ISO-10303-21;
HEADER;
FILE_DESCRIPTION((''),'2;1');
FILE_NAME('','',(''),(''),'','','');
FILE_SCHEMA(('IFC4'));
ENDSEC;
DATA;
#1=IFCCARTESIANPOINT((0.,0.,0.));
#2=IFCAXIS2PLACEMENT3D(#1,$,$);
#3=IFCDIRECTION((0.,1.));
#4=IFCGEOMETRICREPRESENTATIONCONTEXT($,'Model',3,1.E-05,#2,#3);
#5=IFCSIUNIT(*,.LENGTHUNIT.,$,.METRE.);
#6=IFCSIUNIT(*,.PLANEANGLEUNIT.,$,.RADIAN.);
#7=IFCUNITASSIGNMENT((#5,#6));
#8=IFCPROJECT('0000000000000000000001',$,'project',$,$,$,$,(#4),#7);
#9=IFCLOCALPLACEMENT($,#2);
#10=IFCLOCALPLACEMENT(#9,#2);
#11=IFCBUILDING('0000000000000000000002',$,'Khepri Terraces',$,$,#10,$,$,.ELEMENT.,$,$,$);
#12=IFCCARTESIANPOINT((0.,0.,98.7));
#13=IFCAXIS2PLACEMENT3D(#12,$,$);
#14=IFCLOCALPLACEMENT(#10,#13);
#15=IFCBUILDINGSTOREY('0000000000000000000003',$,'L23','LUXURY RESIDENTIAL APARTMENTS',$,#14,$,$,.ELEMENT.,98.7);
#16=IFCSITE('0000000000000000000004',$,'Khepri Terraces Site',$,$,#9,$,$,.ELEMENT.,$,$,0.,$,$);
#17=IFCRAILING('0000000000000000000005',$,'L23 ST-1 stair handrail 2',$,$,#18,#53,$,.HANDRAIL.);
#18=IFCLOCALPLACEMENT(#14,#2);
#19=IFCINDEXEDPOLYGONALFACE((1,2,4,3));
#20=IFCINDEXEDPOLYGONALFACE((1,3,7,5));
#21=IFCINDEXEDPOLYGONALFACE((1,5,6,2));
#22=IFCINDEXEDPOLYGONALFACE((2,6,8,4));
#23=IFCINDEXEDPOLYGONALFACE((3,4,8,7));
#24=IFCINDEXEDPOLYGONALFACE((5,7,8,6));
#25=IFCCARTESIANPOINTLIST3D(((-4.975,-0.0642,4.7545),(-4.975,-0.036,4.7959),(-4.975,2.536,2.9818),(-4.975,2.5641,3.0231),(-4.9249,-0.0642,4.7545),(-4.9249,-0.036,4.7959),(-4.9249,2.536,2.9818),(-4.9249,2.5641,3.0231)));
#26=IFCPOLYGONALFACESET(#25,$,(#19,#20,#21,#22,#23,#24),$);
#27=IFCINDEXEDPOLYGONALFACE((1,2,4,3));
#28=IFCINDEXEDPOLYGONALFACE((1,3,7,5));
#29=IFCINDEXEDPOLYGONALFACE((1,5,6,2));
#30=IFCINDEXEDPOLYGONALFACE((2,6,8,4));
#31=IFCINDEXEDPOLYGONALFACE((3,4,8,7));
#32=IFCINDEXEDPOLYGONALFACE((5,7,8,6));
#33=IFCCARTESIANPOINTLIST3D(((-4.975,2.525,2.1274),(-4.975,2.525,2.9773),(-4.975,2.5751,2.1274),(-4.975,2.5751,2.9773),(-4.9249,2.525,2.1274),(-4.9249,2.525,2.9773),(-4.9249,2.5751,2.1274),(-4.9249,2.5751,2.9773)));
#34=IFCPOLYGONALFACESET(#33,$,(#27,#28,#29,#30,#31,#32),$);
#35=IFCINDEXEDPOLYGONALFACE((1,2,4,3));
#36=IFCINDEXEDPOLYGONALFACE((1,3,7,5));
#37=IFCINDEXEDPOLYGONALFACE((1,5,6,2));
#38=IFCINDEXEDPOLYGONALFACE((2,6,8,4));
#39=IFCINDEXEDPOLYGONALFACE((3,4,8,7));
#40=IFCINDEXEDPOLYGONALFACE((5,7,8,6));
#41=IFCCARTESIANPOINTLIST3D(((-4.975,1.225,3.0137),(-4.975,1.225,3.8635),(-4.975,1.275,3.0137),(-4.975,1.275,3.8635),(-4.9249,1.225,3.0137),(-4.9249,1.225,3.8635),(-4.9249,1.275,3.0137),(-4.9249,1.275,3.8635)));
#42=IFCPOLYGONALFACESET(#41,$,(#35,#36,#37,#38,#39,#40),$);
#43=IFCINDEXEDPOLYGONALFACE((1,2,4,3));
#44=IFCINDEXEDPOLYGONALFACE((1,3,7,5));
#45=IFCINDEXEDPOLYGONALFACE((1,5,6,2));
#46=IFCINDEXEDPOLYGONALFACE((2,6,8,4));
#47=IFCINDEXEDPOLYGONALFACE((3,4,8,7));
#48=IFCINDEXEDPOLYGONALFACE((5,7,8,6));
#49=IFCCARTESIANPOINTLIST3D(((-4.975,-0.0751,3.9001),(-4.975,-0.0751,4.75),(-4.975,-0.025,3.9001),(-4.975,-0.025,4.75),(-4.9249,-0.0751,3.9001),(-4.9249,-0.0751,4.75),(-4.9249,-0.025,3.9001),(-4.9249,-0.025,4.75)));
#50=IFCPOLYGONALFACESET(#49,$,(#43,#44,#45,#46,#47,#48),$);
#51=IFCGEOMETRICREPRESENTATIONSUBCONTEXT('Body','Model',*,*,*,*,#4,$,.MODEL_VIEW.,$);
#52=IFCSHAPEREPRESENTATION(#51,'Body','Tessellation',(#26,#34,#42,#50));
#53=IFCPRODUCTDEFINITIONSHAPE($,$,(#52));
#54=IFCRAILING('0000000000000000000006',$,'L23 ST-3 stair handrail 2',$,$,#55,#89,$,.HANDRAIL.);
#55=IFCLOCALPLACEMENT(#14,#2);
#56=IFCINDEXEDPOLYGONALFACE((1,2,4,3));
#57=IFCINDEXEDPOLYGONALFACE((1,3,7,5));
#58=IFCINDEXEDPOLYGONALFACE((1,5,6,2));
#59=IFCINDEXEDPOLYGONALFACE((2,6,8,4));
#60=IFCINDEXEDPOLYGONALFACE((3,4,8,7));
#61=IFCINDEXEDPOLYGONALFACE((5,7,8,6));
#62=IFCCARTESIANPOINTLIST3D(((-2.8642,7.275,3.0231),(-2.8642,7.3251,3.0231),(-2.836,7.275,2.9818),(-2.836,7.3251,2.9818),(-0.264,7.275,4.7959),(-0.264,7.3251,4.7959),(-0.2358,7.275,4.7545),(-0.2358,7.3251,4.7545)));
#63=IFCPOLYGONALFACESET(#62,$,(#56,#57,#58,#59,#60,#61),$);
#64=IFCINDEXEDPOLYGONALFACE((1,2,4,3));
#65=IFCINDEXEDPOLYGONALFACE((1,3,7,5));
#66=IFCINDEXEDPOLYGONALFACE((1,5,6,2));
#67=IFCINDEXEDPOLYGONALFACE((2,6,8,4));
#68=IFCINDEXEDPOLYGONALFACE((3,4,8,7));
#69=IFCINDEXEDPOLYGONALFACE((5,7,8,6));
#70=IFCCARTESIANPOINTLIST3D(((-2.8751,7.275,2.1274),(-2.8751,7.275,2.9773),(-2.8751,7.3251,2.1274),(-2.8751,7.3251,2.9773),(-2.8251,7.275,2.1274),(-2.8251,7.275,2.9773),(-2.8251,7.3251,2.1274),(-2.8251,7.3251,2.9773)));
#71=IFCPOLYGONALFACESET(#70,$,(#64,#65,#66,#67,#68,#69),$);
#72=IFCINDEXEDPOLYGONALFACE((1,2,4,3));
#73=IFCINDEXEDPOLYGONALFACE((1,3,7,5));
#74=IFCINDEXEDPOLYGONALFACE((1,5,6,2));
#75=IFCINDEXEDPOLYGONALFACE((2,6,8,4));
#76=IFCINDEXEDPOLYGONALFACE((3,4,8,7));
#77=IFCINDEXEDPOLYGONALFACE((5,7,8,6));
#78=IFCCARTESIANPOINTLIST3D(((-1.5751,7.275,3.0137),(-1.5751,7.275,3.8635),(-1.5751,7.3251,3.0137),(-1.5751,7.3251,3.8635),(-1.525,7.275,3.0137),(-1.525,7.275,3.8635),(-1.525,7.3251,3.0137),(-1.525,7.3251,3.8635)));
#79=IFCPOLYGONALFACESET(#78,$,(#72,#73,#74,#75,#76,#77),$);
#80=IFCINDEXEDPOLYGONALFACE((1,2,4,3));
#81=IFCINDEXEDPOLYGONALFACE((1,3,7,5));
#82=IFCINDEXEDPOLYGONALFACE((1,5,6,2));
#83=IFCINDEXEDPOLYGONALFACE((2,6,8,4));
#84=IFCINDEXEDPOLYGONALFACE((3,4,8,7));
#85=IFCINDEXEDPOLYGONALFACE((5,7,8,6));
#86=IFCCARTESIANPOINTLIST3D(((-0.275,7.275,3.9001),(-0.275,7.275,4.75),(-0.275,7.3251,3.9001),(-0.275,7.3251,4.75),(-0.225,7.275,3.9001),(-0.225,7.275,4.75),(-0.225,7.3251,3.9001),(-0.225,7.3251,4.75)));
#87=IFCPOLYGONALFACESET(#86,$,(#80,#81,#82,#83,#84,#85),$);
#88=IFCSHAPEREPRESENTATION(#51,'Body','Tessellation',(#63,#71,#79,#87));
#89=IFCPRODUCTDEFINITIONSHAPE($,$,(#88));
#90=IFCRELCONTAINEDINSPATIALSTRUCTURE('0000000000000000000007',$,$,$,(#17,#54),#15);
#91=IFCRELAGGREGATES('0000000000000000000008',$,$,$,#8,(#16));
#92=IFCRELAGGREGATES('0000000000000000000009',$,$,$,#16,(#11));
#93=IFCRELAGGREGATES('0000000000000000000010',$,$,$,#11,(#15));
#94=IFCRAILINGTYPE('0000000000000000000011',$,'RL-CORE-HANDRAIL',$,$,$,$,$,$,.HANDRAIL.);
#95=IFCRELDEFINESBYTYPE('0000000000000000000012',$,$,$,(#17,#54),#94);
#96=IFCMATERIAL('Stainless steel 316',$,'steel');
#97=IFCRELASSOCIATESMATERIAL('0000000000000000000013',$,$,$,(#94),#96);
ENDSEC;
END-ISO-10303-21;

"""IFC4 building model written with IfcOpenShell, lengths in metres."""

from ifc_helpers import new_model, si_unit, direction, frame, origin, origin_2d, place, context, subcontext, project, spatial, rectangle, extrude, material, type_object, element, save


model = new_model("IFC4")

# Units and contexts
model_context = context("Model", 3, precision=1e-05, world=origin(), true_north=direction((0.0, 1.0)))
body_context = subcontext(model_context, "Body", "Model", "MODEL_VIEW")
ifc_project = project(units=[si_unit("LENGTHUNIT", "METRE"), si_unit("PLANEANGLEUNIT", "RADIAN")], contexts=[model_context])

# Site, building, storey
site_placement = place(None, origin())
site = spatial("IfcSite", under=ifc_project, at=site_placement, Name="Khepri Terraces Site", CompositionType="ELEMENT", RefElevation=0.0)
building_placement = place(site_placement, origin())
building = spatial("IfcBuilding", under=site, at=building_placement, Name="Khepri Terraces", CompositionType="ELEMENT")
storey_placement = place(building_placement, frame((0.0, 0.0, 98.7)))
storey = spatial("IfcBuildingStorey", under=building, at=storey_placement, Name="L23", Description="LUXURY RESIDENTIAL APARTMENTS", CompositionType="ELEMENT", Elevation=98.7)

# Railings
ifc_material_1 = material(Name="Stainless steel 316", Category="steel")
railing_type_1 = type_object("IfcRailingType", Name="RL-CORE-HANDRAIL", PredefinedType="HANDRAIL", material=ifc_material_1)
railing_1_placement = place(storey_placement, frame((-4.95, 2.55, 2.1274)))
element("IfcRailing", 1, at=railing_1_placement, inside=storey, type_object=railing_type_1, Name="L23 ST-1 stair handrail 2", PredefinedType="HANDRAIL", context=body_context, shape_type="SweptSolid", body=[
    extrude(rectangle(XDim=0.05, YDim=0.05, at=origin_2d()), frame((0.0, 0.0, 0.875), z_axis=(0.0, -0.82624, 0.563318), x_axis=(1.0, 0.0, 0.0)), (0.0, 0.0, 1.0), 3.147),
    extrude(rectangle(XDim=0.05, YDim=0.05, at=origin_2d()), origin(), (0.0, 0.0, 1.0), 0.8499),
    extrude(rectangle(XDim=0.05, YDim=0.05, at=origin_2d()), frame((0.0, -1.3, 0.8862)), (0.0, 0.0, 1.0), 0.8499),
    extrude(rectangle(XDim=0.05, YDim=0.05, at=origin_2d()), frame((0.0, -2.6001, 1.7727)), (0.0, 0.0, 1.0), 0.8499),
])
railing_2_placement = place(storey_placement, frame((-2.8501, 7.3, 2.1274)))
element("IfcRailing", 2, at=railing_2_placement, inside=storey, type_object=railing_type_1, Name="L23 ST-3 stair handrail 2", PredefinedType="HANDRAIL", context=body_context, shape_type="SweptSolid", body=[
    extrude(rectangle(XDim=0.05, YDim=0.05, at=origin_2d()), frame((0.0, 0.0, 0.875), z_axis=(0.82624, 0.0, 0.563318), x_axis=(0.0, 1.0, 0.0)), (0.0, 0.0, 1.0), 3.147),
    extrude(rectangle(XDim=0.05, YDim=0.05, at=origin_2d()), origin(), (0.0, 0.0, 1.0), 0.8499),
    extrude(rectangle(XDim=0.05, YDim=0.05, at=origin_2d()), frame((1.3, 0.0, 0.8862)), (0.0, 0.0, 1.0), 0.8499),
    extrude(rectangle(XDim=0.05, YDim=0.05, at=origin_2d()), frame((2.6001, 0.0, 1.7727)), (0.0, 0.0, 1.0), 0.8499),
])

save(model, "model.ifc")
